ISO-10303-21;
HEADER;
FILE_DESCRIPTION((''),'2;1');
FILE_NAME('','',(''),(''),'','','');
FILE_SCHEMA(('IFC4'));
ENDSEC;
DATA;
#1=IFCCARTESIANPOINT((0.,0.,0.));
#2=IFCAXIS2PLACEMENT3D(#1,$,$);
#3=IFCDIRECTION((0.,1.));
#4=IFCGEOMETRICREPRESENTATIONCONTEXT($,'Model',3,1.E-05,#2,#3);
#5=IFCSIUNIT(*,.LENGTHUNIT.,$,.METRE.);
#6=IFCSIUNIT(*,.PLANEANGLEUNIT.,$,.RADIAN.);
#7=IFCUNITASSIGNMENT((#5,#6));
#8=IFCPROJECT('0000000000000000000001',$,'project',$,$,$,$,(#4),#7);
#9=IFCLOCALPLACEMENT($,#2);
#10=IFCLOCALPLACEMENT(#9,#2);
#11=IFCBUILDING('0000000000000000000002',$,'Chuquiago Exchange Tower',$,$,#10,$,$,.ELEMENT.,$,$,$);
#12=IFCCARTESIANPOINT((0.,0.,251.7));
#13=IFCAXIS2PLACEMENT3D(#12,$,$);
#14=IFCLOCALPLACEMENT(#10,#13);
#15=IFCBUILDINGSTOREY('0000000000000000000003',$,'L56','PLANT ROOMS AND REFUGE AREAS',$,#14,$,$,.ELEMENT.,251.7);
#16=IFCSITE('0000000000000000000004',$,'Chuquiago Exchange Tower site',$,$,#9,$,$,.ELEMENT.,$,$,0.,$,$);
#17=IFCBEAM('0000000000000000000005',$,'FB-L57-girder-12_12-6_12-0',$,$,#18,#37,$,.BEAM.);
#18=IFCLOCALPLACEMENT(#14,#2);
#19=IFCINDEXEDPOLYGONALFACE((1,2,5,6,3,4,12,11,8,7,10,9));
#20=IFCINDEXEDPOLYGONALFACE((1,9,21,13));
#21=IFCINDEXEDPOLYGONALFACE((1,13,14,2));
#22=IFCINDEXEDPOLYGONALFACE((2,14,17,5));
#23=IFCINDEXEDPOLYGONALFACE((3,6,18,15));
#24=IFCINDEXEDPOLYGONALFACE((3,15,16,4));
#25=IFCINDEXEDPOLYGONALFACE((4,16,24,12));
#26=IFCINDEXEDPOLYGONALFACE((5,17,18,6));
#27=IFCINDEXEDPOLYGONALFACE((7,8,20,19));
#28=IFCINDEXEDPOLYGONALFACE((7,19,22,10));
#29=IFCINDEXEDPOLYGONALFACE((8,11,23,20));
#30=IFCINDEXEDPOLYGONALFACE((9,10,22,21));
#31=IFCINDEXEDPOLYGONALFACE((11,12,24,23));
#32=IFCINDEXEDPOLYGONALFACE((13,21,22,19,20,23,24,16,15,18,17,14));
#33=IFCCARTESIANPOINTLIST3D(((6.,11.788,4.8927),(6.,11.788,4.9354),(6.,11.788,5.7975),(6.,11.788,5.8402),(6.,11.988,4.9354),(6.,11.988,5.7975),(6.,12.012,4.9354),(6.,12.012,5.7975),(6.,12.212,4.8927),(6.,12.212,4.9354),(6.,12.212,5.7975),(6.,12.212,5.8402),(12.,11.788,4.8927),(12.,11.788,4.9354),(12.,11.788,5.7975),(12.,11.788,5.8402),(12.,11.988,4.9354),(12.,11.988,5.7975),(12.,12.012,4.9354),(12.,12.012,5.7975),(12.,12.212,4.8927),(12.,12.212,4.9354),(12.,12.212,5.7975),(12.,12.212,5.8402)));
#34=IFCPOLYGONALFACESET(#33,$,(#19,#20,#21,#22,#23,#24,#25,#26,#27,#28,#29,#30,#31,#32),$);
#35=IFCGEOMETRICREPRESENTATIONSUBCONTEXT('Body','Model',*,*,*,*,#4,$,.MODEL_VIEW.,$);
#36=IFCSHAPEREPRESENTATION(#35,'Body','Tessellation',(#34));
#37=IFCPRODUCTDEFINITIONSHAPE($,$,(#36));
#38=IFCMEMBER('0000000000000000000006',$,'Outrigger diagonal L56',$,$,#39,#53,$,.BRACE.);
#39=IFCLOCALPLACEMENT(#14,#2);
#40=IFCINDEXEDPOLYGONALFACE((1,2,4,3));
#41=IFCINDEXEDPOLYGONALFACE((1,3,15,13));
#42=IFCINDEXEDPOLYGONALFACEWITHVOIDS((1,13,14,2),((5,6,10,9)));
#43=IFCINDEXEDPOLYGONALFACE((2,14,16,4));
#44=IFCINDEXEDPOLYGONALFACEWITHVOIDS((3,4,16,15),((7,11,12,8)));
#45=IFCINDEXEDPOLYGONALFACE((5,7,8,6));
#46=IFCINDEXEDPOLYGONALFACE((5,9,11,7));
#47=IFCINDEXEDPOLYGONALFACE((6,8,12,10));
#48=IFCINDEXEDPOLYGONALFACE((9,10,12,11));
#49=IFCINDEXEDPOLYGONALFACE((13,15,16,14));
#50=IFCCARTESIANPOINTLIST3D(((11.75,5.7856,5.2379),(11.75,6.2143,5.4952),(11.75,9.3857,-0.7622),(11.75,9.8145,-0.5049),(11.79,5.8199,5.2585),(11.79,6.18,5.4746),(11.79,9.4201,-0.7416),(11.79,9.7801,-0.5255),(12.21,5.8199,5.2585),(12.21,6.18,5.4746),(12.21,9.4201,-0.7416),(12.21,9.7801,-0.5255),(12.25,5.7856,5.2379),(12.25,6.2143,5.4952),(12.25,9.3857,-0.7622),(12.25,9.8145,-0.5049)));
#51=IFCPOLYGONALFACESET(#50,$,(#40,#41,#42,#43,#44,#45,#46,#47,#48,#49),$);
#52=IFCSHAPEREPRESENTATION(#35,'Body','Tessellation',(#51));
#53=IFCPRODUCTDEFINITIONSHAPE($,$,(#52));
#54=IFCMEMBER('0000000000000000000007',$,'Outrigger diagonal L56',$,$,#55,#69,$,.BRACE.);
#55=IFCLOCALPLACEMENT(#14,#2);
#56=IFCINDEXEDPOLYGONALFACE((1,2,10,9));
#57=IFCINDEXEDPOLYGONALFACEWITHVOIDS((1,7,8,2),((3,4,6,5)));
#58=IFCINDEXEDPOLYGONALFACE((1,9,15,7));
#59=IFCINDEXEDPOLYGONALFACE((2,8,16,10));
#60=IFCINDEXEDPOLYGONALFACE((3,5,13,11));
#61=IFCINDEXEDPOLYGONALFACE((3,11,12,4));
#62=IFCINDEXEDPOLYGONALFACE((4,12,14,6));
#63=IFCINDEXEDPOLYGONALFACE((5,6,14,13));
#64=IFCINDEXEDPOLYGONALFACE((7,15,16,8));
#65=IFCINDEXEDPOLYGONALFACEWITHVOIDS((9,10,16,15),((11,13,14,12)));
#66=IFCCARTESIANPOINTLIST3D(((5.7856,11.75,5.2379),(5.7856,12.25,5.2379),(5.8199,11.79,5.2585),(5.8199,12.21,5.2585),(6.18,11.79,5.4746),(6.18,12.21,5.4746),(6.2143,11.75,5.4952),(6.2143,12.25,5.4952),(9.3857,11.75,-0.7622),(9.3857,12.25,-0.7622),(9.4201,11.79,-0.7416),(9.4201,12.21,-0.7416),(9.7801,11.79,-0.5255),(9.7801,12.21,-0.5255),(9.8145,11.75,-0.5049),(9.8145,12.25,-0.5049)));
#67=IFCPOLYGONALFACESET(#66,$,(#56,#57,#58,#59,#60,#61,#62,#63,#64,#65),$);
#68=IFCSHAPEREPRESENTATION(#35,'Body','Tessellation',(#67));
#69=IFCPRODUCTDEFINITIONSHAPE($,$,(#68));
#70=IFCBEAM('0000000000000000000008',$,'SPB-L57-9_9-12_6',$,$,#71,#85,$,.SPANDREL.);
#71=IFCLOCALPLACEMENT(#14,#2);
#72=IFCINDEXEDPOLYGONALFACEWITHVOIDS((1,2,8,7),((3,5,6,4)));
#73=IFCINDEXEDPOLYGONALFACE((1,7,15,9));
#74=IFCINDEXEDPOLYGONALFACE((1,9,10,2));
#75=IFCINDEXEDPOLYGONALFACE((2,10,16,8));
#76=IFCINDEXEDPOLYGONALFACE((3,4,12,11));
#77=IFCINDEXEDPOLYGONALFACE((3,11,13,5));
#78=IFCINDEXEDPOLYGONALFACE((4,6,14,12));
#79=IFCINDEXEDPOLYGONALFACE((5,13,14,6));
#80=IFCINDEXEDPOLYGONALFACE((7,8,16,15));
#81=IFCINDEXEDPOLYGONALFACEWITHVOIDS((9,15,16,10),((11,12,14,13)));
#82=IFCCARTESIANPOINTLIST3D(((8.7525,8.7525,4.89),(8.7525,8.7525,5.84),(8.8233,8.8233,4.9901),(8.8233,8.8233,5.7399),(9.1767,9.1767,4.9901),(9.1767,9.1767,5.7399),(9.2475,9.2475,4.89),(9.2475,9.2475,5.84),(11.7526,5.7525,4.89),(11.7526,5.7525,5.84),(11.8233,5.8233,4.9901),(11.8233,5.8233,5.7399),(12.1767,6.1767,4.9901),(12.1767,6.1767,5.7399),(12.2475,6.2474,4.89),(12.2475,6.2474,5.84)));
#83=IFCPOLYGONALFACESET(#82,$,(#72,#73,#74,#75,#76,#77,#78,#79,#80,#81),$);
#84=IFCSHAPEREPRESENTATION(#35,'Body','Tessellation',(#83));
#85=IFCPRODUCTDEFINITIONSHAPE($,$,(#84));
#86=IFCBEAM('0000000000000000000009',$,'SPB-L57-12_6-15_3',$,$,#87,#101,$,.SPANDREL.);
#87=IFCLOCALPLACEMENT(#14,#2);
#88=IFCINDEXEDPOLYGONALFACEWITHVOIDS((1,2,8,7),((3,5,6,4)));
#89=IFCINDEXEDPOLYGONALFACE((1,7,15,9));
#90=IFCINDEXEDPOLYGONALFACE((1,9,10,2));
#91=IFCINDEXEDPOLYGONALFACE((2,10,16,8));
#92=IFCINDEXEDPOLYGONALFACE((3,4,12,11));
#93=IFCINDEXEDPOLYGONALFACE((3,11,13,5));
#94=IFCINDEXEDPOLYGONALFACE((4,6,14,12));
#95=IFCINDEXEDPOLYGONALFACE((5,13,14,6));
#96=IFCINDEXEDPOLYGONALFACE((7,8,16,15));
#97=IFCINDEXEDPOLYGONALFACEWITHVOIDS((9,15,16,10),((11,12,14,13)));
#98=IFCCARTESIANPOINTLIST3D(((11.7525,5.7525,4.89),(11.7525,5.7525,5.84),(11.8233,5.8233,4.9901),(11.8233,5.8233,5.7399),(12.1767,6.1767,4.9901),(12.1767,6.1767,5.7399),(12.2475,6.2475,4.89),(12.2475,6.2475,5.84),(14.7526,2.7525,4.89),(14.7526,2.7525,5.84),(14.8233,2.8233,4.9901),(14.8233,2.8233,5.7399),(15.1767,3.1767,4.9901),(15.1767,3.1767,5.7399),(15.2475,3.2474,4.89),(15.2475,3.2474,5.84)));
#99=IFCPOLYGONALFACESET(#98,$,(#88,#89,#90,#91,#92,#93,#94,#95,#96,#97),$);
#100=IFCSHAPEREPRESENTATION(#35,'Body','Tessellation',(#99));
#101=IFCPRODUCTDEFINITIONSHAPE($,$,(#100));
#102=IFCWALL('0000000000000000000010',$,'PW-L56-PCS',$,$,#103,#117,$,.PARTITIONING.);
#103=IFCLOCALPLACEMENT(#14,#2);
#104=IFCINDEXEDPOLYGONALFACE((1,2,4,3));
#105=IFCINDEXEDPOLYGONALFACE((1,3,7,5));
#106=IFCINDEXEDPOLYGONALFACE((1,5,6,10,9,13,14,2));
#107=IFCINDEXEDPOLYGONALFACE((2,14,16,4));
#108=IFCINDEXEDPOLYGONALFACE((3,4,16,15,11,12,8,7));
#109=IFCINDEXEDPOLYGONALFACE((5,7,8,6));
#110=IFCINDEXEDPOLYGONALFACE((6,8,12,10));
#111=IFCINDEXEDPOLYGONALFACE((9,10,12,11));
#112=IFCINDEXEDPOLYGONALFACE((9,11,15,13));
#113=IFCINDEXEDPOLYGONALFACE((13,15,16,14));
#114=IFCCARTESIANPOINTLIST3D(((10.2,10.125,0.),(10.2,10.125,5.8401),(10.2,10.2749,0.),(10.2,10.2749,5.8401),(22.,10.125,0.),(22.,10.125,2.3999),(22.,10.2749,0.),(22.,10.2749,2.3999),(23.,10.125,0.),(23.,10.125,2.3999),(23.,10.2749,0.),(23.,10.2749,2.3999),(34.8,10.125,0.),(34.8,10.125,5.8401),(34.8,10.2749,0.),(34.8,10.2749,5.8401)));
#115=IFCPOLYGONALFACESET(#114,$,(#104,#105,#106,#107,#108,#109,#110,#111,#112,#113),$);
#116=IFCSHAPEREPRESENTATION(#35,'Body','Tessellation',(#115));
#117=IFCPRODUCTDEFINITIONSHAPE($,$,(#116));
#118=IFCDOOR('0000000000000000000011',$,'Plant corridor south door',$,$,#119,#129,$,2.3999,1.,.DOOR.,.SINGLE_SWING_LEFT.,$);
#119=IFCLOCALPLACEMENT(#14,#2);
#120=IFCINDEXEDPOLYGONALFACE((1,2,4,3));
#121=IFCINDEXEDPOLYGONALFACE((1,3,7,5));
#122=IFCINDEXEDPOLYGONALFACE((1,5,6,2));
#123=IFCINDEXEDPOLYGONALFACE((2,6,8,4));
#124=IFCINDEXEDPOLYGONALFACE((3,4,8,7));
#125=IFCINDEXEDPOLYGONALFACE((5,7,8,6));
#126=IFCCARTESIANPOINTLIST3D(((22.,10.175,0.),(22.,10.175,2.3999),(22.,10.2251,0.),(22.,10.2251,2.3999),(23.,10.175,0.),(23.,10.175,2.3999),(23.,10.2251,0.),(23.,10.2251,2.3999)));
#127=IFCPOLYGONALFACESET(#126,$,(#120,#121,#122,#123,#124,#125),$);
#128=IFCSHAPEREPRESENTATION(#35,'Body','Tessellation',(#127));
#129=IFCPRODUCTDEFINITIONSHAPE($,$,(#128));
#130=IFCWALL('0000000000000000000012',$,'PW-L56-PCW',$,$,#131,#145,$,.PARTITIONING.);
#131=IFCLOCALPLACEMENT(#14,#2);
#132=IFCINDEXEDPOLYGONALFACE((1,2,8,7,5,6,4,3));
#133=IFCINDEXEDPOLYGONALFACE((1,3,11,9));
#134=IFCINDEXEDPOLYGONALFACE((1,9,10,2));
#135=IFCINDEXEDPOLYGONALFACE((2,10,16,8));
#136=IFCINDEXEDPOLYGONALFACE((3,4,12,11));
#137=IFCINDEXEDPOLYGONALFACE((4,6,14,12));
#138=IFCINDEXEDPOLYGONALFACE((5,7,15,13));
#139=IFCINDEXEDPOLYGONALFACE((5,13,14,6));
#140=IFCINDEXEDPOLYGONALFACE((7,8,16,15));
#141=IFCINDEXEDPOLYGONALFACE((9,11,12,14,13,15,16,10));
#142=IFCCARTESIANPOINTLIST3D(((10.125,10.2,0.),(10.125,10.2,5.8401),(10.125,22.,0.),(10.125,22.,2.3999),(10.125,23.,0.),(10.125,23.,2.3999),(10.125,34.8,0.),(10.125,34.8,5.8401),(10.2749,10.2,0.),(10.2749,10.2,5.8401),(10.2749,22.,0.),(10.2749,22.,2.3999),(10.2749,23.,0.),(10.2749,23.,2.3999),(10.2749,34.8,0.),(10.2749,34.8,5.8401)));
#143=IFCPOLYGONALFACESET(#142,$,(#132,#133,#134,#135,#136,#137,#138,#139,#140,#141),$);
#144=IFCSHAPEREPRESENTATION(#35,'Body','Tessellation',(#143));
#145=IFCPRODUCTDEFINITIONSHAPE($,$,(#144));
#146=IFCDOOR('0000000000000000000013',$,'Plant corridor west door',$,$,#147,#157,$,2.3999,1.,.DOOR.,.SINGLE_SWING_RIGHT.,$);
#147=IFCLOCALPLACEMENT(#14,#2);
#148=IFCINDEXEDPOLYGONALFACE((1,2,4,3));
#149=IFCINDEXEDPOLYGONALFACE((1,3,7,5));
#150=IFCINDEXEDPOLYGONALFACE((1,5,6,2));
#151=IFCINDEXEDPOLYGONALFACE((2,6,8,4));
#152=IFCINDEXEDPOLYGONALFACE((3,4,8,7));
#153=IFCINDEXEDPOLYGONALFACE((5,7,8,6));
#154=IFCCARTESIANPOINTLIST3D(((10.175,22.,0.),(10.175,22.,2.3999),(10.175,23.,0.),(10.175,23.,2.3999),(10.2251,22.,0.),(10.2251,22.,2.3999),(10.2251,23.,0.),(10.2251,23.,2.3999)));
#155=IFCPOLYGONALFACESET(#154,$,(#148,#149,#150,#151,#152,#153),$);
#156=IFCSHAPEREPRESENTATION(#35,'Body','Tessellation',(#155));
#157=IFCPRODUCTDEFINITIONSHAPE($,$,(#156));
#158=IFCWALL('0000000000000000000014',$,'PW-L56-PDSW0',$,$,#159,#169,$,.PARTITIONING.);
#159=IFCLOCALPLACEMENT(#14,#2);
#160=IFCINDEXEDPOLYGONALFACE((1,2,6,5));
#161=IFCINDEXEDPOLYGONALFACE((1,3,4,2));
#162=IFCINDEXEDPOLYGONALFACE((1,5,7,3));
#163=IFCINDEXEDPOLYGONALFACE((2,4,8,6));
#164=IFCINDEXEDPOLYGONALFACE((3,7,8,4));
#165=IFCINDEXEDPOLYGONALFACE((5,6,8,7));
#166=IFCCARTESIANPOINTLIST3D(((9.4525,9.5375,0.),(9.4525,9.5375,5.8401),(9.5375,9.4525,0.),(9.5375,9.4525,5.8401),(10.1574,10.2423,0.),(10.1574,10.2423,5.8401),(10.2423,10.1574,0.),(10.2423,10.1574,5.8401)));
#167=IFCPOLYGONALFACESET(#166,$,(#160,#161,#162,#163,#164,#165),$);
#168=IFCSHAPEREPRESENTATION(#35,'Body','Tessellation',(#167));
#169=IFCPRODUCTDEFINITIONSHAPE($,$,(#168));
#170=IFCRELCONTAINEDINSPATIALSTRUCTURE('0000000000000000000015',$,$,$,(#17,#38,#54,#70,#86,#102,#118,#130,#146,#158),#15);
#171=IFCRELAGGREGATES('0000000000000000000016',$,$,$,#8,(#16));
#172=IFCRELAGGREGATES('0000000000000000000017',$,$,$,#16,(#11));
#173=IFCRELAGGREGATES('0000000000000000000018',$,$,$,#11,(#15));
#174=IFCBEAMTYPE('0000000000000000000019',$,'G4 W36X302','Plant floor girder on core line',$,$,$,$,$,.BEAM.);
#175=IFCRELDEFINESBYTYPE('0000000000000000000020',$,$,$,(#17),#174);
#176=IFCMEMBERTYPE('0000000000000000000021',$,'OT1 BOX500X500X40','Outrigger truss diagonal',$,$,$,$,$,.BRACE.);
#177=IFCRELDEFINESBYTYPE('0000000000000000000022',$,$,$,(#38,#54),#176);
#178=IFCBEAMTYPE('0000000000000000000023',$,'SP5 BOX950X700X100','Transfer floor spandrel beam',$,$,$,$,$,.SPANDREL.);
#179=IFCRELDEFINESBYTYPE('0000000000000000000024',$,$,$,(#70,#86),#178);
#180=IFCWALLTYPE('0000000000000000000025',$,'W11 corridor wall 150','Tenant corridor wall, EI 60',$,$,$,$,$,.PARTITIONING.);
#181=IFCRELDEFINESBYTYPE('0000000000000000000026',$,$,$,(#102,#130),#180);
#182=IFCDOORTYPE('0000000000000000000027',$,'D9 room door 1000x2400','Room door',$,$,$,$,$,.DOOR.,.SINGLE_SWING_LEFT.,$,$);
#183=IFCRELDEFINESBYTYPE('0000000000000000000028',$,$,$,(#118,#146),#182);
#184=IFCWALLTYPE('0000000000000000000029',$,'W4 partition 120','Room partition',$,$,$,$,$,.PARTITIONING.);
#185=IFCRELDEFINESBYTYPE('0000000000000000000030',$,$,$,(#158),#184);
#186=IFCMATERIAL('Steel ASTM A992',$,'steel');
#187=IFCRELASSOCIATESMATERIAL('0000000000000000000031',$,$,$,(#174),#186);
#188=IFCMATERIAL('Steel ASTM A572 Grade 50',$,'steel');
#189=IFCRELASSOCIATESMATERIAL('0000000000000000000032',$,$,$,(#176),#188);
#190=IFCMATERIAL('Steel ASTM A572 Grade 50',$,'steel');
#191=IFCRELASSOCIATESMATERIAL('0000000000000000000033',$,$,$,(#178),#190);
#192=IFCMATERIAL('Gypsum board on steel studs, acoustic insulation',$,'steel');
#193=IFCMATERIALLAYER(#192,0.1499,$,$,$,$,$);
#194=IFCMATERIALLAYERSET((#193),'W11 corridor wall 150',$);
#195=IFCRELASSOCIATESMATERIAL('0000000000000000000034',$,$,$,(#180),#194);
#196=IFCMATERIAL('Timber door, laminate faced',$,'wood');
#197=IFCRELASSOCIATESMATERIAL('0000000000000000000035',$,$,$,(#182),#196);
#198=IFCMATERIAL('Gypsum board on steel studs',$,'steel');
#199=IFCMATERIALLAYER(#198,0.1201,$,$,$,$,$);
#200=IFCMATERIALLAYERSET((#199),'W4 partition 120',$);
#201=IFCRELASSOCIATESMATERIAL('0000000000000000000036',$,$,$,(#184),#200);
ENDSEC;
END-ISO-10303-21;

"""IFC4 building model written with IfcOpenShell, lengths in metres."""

from ifc_helpers import new_model, si_unit, direction, frame, frame_2d, origin, origin_2d, place, context, subcontext, project, spatial, rectangle, hollow_rectangle, i_section, extrude, material, layer, layer_set, material_profile, profile_set, type_object, element, fill, save


model = new_model("IFC4")

# Units and contexts
model_context = context("Model", 3, precision=1e-05, world=origin(), true_north=direction((0.0, 1.0)))
body_context = subcontext(model_context, "Body", "Model", "MODEL_VIEW")
ifc_project = project(units=[si_unit("LENGTHUNIT", "METRE"), si_unit("PLANEANGLEUNIT", "RADIAN")], contexts=[model_context])

# Site, building, storey
site_placement = place(None, origin())
site = spatial("IfcSite", under=ifc_project, at=site_placement, Name="Chuquiago Exchange Tower site", CompositionType="ELEMENT", RefElevation=0.0)
building_placement = place(site_placement, origin())
building = spatial("IfcBuilding", under=site, at=building_placement, Name="Chuquiago Exchange Tower", CompositionType="ELEMENT")
storey_placement = place(building_placement, frame((0.0, 0.0, 251.7)))
storey = spatial("IfcBuildingStorey", under=building, at=storey_placement, Name="L56", Description="PLANT ROOMS AND REFUGE AREAS", CompositionType="ELEMENT", Elevation=251.7)

# Beam
ifc_material_1 = material(Name="Steel ASTM A992", Category="steel")
ifc_material_profile_1 = material_profile(ifc_material_1, i_section(OverallWidth=0.4241, OverallDepth=0.9475, WebThickness=0.0239, FlangeThickness=0.0427, at=origin_2d()), Name="W36X302")
ifc_profile_set_1 = profile_set([ifc_material_profile_1], Name="Steel ASTM A992")
beam_type_1 = type_object("IfcBeamType", Name="G4 W36X302", Description="Plant floor girder on core line", PredefinedType="BEAM", material=ifc_profile_set_1)
for number, where, z_axis, x_axis, name in (
    (1, (12.0, 12.0, 5.3665), (-1.0, 0.0, 0.0), (0.0, -1.0, 0.0), "FB-L57-girder-12_12-6_12-0"),
):
    element("IfcBeam", number, at=place(storey_placement, frame(where, z_axis=z_axis, x_axis=x_axis)), inside=storey, type_object=beam_type_1, Name=name, PredefinedType="BEAM", context=body_context, shape_type="SweptSolid", body=[
        extrude(i_section(OverallWidth=0.4241, OverallDepth=0.9475, WebThickness=0.0239, FlangeThickness=0.0427, at=origin_2d()), origin(), (0.0, 0.0, 1.0), 6.0),
    ])

# Members
ifc_material_2 = material(Name="Steel ASTM A572 Grade 50", Category="steel")
ifc_material_profile_2 = material_profile(ifc_material_2, hollow_rectangle(XDim=0.5, YDim=0.5, WallThickness=0.04, at=origin_2d()), Name="BOX500X500X40")
ifc_profile_set_2 = profile_set([ifc_material_profile_2], Name="Steel ASTM A572 Grade 50")
member_type_1 = type_object("IfcMemberType", Name="OT1 BOX500X500X40", Description="Outrigger truss diagonal", PredefinedType="BRACE", material=ifc_profile_set_2)
for number, where, z_axis, x_axis, name in (
    (2, (12.0, 9.6001, -0.6335), (0.0, -0.514506, 0.857487), (1.0, 0.0, 0.0), "Outrigger diagonal L56"),
    (3, (9.6001, 12.0, -0.6335), (-0.514506, 0.0, 0.857487), (0.0, -1.0, 0.0), "Outrigger diagonal L56"),
):
    element("IfcMember", number, at=place(storey_placement, frame(where, z_axis=z_axis, x_axis=x_axis)), inside=storey, type_object=member_type_1, Name=name, PredefinedType="BRACE", context=body_context, shape_type="SweptSolid", body=[
        extrude(hollow_rectangle(XDim=0.5, YDim=0.5, WallThickness=0.04, at=origin_2d()), origin(), (0.0, 0.0, 1.0), 6.9973),
    ])

# Beams
ifc_material_3 = material(Name="Steel ASTM A572 Grade 50", Category="steel")
ifc_material_profile_3 = material_profile(ifc_material_3, hollow_rectangle(XDim=0.7, YDim=0.95, WallThickness=0.1001, at=origin_2d()), Name="BOX950X700X100")
ifc_profile_set_3 = profile_set([ifc_material_profile_3], Name="Steel ASTM A572 Grade 50")
beam_type_2 = type_object("IfcBeamType", Name="SP5 BOX950X700X100", Description="Transfer floor spandrel beam", PredefinedType="SPANDREL", material=ifc_profile_set_3)
for number, where, z_axis, x_axis, name in (
    (4, (9.0, 9.0, 5.365), (0.707107, -0.707107, 0.0), (0.707107, 0.707107, 0.0), "SPB-L57-9_9-12_6"),
    (5, (12.0, 6.0, 5.365), (0.707107, -0.707107, 0.0), (0.707107, 0.707107, 0.0), "SPB-L57-12_6-15_3"),
):
    element("IfcBeam", number, at=place(storey_placement, frame(where, z_axis=z_axis, x_axis=x_axis)), inside=storey, type_object=beam_type_2, Name=name, PredefinedType="SPANDREL", context=body_context, shape_type="SweptSolid", body=[
        extrude(hollow_rectangle(XDim=0.7, YDim=0.95, WallThickness=0.1001, at=origin_2d()), origin(), (0.0, 0.0, 1.0), 4.2427),
    ])

# Walls, openings, doors
ifc_material_4 = material(Name="Gypsum board on steel studs, acoustic insulation", Category="steel")
ifc_layer_1 = layer(ifc_material_4, 0.1499)
ifc_layer_set_1 = layer_set([ifc_layer_1], Name="W11 corridor wall 150")
wall_type_1 = type_object("IfcWallType", Name="W11 corridor wall 150", Description="Tenant corridor wall, EI 60", PredefinedType="PARTITIONING", material=ifc_layer_set_1)
wall_1_placement = place(storey_placement, frame((10.2, 10.2, 0.0), z_axis=(0.0, 0.0, 1.0), x_axis=(1.0, 0.0, 0.0)))
wall_1 = element("IfcWall", 6, at=wall_1_placement, inside=storey, type_object=wall_type_1, Name="PW-L56-PCS", PredefinedType="PARTITIONING", context=body_context, shape_type="SweptSolid", body=[
    extrude(rectangle(XDim=24.6001, YDim=0.1499, at=frame_2d((12.3, 0.0))), origin(), (0.0, 0.0, 1.0), 5.8401),
])
opening_1_placement = place(wall_1_placement, frame((11.8, 0.0, 0.0)))
opening_1 = element("IfcOpeningElement", 7, at=opening_1_placement, cuts=wall_1, PredefinedType="OPENING", context=body_context, shape_type="SweptSolid", body=[
    extrude(rectangle(XDim=1.0, YDim=2.3999, at=frame_2d((0.5, 1.2))), frame((0.0, 0.085, 0.0), z_axis=(0.0, -1.0, 0.0), x_axis=(1.0, 0.0, 0.0)), (0.0, 0.0, 1.0), 0.1699),
])
ifc_material_5 = material(Name="Timber door, laminate faced", Category="wood")
door_type = type_object("IfcDoorType", Name="D9 room door 1000x2400", Description="Room door", OperationType="SINGLE_SWING_LEFT", PredefinedType="DOOR", material=ifc_material_5)
door_1_placement = place(opening_1_placement, frame((1.0, 0.0, 0.0), z_axis=(0.0, 0.0, 1.0), x_axis=(-1.0, 0.0, 0.0)))
door_1 = element("IfcDoor", 8, at=door_1_placement, inside=storey, type_object=door_type, Name="Plant corridor south door", OperationType="SINGLE_SWING_LEFT", OverallHeight=2.3999, OverallWidth=1.0, PredefinedType="DOOR", context=body_context, shape_type="SweptSolid", body=[
    extrude(rectangle(XDim=1.0, YDim=2.3999, at=frame_2d((0.5, 1.2))), frame((0.0, 0.0249, 0.0), z_axis=(0.0, -1.0, 0.0), x_axis=(1.0, 0.0, 0.0)), (0.0, 0.0, 1.0), 0.05),
])
fill(opening_1, door_1)
wall_2_placement = place(storey_placement, frame((10.2, 10.2, 0.0), z_axis=(0.0, 0.0, 1.0), x_axis=(0.0, 1.0, 0.0)))
wall_2 = element("IfcWall", 9, at=wall_2_placement, inside=storey, type_object=wall_type_1, Name="PW-L56-PCW", PredefinedType="PARTITIONING", context=body_context, shape_type="SweptSolid", body=[
    extrude(rectangle(XDim=24.6001, YDim=0.1499, at=frame_2d((12.3, 0.0))), origin(), (0.0, 0.0, 1.0), 5.8401),
])
opening_2_placement = place(wall_2_placement, frame((11.8, 0.0, 0.0)))
opening_2 = element("IfcOpeningElement", 10, at=opening_2_placement, cuts=wall_2, PredefinedType="OPENING", context=body_context, shape_type="SweptSolid", body=[
    extrude(rectangle(XDim=1.0, YDim=2.3999, at=frame_2d((0.5, 1.2))), frame((0.0, 0.085, 0.0), z_axis=(0.0, -1.0, 0.0), x_axis=(1.0, 0.0, 0.0)), (0.0, 0.0, 1.0), 0.1699),
])
door_2_placement = place(opening_2_placement, origin())
door_2 = element("IfcDoor", 11, at=door_2_placement, inside=storey, type_object=door_type, Name="Plant corridor west door", OperationType="SINGLE_SWING_RIGHT", OverallHeight=2.3999, OverallWidth=1.0, PredefinedType="DOOR", context=body_context, shape_type="SweptSolid", body=[
    extrude(rectangle(XDim=1.0, YDim=2.3999, at=frame_2d((0.5, 1.2))), frame((0.0, 0.0249, 0.0), z_axis=(0.0, -1.0, 0.0), x_axis=(1.0, 0.0, 0.0)), (0.0, 0.0, 1.0), 0.05),
])
fill(opening_2, door_2)

# Wall
ifc_material_6 = material(Name="Gypsum board on steel studs", Category="steel")
ifc_layer_2 = layer(ifc_material_6, 0.1201)
ifc_layer_set_2 = layer_set([ifc_layer_2], Name="W4 partition 120")
wall_type_2 = type_object("IfcWallType", Name="W4 partition 120", Description="Room partition", PredefinedType="PARTITIONING", material=ifc_layer_set_2)
wall_3_placement = place(storey_placement, frame((10.2, 10.2, 0.0), z_axis=(0.0, 0.0, 1.0), x_axis=(-0.707107, -0.707107, 0.0)))
element("IfcWall", 12, at=wall_3_placement, inside=storey, type_object=wall_type_2, Name="PW-L56-PDSW0", PredefinedType="PARTITIONING", context=body_context, shape_type="SweptSolid", body=[
    extrude(rectangle(XDim=0.9968, YDim=0.1201, at=frame_2d((0.4985, 0.0))), origin(), (0.0, 0.0, 1.0), 5.8401),
])

save(model, "model.ifc")
